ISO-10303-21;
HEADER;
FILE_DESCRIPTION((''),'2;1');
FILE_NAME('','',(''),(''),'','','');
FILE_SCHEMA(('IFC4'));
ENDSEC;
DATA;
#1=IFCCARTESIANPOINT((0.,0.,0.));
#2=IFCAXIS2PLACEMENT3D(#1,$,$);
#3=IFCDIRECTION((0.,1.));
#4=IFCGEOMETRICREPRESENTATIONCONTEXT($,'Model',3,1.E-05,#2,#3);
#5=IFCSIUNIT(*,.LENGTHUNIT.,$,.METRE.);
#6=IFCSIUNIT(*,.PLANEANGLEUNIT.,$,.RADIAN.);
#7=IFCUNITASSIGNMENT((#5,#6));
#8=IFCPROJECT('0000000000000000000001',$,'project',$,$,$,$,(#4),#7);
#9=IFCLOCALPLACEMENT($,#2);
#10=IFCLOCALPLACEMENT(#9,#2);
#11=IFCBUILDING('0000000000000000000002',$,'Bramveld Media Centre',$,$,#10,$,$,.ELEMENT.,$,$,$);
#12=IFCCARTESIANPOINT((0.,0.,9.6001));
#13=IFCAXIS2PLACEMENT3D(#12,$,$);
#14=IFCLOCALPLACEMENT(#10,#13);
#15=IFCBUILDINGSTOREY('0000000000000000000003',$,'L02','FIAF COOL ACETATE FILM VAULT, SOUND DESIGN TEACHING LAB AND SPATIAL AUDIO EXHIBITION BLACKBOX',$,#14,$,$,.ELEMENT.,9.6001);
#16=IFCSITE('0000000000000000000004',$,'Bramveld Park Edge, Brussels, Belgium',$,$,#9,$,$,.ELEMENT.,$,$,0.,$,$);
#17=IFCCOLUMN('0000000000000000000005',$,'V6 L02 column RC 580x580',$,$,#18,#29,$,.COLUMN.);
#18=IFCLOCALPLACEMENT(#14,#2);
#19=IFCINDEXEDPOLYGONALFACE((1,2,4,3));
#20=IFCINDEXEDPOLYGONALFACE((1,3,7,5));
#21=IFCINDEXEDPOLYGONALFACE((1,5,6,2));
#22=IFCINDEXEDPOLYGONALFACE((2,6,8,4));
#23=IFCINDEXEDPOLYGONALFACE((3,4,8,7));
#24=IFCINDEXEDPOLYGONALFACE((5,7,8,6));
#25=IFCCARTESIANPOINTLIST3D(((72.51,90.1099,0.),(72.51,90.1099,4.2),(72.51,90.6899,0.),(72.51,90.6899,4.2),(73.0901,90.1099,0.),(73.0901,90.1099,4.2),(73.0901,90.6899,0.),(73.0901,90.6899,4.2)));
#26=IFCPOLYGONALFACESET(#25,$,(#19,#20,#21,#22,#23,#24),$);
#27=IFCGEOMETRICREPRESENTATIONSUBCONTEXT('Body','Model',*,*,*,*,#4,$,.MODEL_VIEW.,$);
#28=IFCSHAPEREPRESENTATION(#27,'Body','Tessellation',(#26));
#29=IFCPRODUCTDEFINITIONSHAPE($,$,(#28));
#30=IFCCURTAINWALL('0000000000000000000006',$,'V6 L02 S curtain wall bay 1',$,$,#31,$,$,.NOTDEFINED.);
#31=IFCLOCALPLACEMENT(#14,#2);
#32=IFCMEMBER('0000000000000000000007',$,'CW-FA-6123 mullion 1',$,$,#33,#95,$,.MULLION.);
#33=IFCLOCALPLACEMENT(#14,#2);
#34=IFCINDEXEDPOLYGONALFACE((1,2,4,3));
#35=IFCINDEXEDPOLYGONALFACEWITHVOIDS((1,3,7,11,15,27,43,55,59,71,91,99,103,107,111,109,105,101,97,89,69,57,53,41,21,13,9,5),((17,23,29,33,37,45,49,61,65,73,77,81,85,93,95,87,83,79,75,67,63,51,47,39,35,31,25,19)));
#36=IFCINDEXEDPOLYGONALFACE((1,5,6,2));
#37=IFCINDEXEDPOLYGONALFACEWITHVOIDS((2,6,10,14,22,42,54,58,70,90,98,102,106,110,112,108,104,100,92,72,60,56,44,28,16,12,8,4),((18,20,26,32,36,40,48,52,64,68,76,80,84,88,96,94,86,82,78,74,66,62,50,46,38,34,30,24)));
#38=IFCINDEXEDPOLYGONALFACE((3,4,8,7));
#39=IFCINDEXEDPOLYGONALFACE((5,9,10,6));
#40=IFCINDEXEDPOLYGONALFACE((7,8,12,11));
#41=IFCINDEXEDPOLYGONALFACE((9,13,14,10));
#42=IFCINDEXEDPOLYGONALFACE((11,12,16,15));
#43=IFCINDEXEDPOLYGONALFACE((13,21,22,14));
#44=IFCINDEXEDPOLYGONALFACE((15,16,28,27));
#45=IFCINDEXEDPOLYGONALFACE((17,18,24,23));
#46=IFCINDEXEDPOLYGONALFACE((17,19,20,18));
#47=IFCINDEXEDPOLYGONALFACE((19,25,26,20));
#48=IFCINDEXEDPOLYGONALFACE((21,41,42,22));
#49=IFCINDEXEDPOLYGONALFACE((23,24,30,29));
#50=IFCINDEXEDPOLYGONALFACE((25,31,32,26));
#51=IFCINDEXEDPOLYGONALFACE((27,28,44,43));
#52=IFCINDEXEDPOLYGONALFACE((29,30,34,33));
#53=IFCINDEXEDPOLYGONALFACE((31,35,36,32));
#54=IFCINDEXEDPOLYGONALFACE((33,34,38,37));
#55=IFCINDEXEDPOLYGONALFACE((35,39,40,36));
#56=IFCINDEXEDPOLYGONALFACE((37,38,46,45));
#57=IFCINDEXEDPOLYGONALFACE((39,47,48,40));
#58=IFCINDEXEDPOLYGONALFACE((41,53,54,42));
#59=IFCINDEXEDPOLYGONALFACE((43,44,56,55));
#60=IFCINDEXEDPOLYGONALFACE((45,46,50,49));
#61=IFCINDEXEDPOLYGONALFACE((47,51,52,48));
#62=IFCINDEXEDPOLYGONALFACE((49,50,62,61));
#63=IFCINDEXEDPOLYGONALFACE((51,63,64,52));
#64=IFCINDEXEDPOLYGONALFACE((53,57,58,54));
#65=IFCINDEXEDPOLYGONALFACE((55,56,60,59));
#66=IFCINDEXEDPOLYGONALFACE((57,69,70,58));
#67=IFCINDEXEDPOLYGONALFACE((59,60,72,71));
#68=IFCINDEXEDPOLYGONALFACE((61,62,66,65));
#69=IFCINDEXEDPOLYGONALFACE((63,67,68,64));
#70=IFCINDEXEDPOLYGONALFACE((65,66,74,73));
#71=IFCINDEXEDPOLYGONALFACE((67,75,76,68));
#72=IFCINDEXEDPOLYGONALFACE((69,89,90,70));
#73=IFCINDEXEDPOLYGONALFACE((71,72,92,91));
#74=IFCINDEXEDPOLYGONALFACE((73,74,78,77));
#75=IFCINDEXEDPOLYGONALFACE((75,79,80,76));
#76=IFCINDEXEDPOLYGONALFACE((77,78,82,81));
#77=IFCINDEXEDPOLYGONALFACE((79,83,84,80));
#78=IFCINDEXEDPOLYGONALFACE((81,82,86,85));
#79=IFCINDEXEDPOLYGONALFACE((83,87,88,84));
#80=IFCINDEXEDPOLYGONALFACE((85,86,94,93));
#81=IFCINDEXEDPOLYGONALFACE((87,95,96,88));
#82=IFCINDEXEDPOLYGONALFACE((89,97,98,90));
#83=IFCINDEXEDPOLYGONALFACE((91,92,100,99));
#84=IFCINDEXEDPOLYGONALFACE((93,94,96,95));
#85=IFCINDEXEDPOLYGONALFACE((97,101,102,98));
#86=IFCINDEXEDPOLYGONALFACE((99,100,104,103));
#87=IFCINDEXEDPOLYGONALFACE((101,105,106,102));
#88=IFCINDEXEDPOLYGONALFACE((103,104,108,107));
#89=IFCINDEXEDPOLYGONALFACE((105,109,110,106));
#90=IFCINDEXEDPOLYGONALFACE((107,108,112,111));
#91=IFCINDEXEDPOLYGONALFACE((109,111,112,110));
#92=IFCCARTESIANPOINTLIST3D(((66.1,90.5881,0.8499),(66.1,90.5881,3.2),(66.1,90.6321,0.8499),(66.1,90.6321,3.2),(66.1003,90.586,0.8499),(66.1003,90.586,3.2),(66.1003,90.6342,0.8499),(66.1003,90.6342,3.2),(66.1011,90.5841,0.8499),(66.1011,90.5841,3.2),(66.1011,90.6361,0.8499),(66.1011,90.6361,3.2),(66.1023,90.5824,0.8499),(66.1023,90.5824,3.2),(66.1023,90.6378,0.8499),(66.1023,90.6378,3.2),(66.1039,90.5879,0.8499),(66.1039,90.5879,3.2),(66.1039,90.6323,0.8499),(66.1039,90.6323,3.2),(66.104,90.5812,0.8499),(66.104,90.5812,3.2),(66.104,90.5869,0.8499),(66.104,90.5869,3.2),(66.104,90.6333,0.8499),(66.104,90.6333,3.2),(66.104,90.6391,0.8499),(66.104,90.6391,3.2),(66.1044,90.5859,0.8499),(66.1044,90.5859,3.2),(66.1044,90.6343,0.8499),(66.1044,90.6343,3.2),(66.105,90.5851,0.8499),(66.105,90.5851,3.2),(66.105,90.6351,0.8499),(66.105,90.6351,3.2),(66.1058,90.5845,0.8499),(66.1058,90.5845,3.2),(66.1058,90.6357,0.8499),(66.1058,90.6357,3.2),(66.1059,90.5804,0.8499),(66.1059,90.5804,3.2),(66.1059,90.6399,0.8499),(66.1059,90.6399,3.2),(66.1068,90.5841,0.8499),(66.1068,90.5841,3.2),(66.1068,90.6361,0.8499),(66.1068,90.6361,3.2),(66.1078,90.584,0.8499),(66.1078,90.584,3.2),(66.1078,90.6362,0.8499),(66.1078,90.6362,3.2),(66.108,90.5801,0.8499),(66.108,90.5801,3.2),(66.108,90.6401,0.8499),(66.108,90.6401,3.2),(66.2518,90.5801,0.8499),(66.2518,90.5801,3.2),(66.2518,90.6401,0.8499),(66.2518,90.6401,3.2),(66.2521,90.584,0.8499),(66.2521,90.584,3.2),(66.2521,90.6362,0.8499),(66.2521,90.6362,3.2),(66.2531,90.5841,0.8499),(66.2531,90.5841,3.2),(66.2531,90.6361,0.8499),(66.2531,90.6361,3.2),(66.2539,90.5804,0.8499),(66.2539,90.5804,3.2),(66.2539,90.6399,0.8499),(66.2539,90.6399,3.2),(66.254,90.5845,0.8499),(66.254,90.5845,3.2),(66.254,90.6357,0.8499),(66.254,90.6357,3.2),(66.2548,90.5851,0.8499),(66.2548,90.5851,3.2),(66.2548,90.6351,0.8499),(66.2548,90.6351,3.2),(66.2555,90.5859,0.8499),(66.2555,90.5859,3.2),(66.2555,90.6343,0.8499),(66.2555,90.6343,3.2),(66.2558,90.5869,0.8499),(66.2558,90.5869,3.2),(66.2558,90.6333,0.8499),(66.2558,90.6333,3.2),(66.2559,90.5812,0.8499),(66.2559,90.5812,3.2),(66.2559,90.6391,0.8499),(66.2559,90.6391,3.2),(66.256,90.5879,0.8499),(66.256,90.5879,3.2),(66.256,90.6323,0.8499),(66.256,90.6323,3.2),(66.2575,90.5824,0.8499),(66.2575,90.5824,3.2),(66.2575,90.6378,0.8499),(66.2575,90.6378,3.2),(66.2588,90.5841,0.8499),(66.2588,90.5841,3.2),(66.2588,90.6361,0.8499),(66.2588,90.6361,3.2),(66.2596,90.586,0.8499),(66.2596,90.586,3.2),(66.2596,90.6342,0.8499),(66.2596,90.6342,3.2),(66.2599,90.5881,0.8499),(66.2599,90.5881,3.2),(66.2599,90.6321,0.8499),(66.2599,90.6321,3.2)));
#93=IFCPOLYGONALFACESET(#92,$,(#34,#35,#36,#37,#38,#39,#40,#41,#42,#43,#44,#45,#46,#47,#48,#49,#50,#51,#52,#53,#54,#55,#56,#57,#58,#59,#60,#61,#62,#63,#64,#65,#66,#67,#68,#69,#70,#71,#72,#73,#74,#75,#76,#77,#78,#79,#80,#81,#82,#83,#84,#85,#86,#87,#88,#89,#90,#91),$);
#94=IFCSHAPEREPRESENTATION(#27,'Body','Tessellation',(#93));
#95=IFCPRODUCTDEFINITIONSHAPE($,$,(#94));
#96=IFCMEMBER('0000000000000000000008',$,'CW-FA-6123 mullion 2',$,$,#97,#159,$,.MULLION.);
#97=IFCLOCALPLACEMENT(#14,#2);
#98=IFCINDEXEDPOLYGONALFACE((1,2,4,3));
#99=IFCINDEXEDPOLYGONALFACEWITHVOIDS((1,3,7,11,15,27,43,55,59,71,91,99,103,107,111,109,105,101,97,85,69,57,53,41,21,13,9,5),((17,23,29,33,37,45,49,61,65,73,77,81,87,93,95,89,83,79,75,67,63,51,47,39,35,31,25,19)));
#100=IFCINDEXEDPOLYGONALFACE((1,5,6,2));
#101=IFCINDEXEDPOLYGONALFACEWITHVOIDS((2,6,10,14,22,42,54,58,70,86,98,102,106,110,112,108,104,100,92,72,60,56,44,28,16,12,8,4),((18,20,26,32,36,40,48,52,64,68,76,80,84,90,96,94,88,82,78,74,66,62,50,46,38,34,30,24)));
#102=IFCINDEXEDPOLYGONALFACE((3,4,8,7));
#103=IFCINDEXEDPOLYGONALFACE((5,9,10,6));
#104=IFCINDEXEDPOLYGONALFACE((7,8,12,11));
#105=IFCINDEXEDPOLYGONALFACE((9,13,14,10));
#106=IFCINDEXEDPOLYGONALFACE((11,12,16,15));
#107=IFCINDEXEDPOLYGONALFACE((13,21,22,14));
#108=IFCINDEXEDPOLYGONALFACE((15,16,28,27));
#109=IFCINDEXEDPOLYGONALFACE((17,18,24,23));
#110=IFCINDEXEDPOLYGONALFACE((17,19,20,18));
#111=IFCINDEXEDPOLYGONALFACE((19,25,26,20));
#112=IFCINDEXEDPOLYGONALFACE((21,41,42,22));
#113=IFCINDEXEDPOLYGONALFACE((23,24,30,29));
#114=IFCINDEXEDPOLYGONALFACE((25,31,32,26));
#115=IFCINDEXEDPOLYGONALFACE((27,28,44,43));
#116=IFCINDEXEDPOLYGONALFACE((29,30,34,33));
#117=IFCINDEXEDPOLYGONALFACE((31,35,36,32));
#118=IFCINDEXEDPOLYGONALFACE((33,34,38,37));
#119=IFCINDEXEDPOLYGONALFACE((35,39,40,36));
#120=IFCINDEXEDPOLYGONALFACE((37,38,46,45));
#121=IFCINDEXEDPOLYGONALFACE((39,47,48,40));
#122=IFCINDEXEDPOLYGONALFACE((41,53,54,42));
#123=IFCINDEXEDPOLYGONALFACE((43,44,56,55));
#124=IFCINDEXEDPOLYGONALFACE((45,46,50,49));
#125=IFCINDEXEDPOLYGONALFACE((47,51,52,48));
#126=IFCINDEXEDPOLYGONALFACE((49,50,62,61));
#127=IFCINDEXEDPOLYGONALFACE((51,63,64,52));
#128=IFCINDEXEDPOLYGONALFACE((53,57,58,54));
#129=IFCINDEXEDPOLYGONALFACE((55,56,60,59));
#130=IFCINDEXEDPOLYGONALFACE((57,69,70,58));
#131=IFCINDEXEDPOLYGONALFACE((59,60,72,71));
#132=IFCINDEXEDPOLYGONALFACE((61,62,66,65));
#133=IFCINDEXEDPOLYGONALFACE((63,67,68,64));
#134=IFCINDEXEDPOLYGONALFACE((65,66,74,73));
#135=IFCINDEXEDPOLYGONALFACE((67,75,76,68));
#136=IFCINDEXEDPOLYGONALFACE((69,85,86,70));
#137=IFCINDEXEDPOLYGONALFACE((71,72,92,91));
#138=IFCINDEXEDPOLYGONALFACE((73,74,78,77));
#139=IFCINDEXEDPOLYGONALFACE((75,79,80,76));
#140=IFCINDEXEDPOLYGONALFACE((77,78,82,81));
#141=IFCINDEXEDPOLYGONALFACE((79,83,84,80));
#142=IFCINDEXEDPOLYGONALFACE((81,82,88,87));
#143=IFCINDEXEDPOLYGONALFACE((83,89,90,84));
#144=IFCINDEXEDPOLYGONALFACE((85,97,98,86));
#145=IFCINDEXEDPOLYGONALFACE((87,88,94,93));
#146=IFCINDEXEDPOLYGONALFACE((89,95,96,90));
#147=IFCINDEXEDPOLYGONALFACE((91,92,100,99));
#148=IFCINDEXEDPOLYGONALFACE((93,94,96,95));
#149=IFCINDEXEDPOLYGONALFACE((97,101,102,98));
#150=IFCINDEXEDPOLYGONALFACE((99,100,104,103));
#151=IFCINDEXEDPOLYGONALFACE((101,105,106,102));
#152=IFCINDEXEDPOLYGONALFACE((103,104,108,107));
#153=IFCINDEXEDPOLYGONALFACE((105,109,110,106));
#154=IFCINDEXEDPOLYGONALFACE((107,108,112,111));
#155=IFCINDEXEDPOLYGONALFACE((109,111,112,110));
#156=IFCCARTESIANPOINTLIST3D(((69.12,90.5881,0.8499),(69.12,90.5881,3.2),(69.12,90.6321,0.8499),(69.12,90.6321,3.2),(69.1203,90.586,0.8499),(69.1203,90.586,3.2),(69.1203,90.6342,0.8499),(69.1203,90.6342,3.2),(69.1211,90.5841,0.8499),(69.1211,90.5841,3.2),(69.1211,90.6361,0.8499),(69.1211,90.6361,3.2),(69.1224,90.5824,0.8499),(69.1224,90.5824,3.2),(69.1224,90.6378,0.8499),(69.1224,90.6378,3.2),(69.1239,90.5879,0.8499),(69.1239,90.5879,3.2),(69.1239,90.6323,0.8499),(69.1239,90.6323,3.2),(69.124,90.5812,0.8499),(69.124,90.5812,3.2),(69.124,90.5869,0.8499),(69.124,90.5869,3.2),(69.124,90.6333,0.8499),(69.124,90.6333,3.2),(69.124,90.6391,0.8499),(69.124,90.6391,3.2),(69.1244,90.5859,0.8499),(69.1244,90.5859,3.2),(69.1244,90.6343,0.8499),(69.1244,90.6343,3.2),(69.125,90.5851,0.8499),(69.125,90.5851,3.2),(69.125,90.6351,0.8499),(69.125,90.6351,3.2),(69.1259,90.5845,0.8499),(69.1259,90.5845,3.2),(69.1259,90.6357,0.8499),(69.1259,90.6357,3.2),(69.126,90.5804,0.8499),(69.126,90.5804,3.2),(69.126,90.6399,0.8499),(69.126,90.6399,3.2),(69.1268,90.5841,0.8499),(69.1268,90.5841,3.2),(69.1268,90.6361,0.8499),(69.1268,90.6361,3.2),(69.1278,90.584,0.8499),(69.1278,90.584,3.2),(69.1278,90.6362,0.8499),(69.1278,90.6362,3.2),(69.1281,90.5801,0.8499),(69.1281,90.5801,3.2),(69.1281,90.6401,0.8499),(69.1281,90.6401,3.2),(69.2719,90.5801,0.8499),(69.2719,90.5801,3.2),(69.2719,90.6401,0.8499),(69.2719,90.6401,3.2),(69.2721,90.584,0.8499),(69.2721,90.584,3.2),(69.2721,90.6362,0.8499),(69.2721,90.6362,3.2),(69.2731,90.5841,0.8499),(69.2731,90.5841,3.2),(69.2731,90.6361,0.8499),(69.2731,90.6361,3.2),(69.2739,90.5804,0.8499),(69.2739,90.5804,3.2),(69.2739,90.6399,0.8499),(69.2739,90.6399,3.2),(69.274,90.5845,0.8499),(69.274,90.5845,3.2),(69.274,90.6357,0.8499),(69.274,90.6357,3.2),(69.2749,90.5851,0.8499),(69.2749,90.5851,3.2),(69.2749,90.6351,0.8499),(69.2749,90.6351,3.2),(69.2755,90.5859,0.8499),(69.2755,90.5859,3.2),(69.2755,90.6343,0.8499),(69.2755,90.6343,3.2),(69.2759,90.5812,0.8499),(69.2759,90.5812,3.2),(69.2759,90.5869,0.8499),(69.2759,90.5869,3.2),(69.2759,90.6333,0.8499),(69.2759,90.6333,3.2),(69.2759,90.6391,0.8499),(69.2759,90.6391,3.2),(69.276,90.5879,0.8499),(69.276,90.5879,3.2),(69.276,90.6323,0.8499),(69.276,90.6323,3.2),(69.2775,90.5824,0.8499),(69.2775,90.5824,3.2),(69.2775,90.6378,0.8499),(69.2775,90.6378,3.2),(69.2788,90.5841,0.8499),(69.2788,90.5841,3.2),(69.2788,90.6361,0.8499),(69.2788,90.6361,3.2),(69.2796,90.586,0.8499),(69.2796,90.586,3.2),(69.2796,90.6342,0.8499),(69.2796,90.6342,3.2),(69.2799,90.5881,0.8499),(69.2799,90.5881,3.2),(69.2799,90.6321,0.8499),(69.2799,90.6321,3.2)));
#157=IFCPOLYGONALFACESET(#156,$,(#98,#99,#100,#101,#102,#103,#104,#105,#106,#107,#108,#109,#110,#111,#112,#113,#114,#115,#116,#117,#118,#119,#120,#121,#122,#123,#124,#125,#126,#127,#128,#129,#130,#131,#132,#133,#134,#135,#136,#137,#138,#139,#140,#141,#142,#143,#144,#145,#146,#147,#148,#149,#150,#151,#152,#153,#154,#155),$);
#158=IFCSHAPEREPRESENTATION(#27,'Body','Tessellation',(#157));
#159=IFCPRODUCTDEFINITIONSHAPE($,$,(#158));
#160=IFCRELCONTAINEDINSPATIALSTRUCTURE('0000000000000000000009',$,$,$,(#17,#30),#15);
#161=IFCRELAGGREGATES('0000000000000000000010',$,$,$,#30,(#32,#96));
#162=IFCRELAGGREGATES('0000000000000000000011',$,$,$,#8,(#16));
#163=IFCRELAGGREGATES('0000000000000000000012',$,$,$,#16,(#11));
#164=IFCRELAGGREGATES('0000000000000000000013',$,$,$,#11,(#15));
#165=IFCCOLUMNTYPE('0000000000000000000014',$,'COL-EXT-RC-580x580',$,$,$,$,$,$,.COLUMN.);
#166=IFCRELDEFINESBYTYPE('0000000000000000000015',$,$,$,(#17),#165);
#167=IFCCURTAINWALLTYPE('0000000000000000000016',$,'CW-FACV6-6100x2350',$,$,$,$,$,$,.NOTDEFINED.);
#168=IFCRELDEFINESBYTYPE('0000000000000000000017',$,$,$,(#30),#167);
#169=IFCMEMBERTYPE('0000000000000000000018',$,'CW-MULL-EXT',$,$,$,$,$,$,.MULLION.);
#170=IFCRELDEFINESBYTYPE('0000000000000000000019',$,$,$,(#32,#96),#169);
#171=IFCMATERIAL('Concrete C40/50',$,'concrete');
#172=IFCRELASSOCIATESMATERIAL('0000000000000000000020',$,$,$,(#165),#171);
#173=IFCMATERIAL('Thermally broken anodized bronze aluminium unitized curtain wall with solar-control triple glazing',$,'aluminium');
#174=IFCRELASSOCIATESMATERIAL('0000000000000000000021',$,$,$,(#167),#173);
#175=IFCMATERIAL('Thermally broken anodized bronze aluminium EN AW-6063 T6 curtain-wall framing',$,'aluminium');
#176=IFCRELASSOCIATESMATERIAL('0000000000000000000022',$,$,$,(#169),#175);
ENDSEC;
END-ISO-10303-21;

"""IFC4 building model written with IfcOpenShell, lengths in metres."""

from ifc_helpers import new_model, si_unit, direction, frame, origin, origin_2d, place, context, subcontext, project, spatial, rectangle, hollow_rectangle, extrude, material, material_profile, profile_set, type_object, element, aggregate, save


model = new_model("IFC4")

# Units and contexts
model_context = context("Model", 3, precision=1e-05, world=origin(), true_north=direction((0.0, 1.0)))
body_context = subcontext(model_context, "Body", "Model", "MODEL_VIEW")
ifc_project = project(units=[si_unit("LENGTHUNIT", "METRE"), si_unit("PLANEANGLEUNIT", "RADIAN")], contexts=[model_context])

# Site, building, storey
site_placement = place(None, origin())
site = spatial("IfcSite", under=ifc_project, at=site_placement, Name="Bramveld Park Edge, Brussels, Belgium", CompositionType="ELEMENT", RefElevation=0.0)
building_placement = place(site_placement, origin())
building = spatial("IfcBuilding", under=site, at=building_placement, Name="Bramveld Media Centre", CompositionType="ELEMENT")
storey_placement = place(building_placement, frame((0.0, 0.0, 9.6001)))
storey = spatial("IfcBuildingStorey", under=building, at=storey_placement, Name="L02", Description="FIAF COOL ACETATE FILM VAULT, SOUND DESIGN TEACHING LAB AND SPATIAL AUDIO EXHIBITION BLACKBOX", CompositionType="ELEMENT", Elevation=9.6001)

# Column
ifc_material_1 = material(Name="Concrete C40/50", Category="concrete")
ifc_material_profile_1 = material_profile(ifc_material_1, rectangle(XDim=0.5801, YDim=0.5801, at=origin_2d()), Name="RC 580x580")
ifc_profile_set_1 = profile_set([ifc_material_profile_1], Name="Concrete C40/50")
column_type = type_object("IfcColumnType", Name="COL-EXT-RC-580x580", PredefinedType="COLUMN", material=ifc_profile_set_1)
column_placement = place(storey_placement, frame((72.8, 90.3999, 0.0), z_axis=(0.0, 0.0, 1.0), x_axis=(1.0, 0.0, 0.0)))
element("IfcColumn", 1, at=column_placement, inside=storey, type_object=column_type, Name="V6 L02 column RC 580x580", PredefinedType="COLUMN", context=body_context, shape_type="SweptSolid", body=[
    extrude(rectangle(XDim=0.5801, YDim=0.5801, at=origin_2d()), origin(), (0.0, 0.0, 1.0), 4.2),
])

# Curtain wall, members
ifc_material_2 = material(Name="Thermally broken anodized bronze aluminium unitized curtain wall with solar-control triple glazing", Category="aluminium")
curtain_wall_type = type_object("IfcCurtainWallType", Name="CW-FACV6-6100x2350", PredefinedType="NOTDEFINED", material=ifc_material_2)
curtain_wall_placement = place(storey_placement, origin())
curtain_wall = element("IfcCurtainWall", 2, at=curtain_wall_placement, inside=storey, type_object=curtain_wall_type, Name="V6 L02 S curtain wall bay 1", PredefinedType="NOTDEFINED")
ifc_material_3 = material(Name="Thermally broken anodized bronze aluminium EN AW-6063 T6 curtain-wall framing", Category="aluminium")
ifc_material_profile_2 = material_profile(ifc_material_3, hollow_rectangle(XDim=0.0601, YDim=0.1599, WallThickness=0.0039, InnerFilletRadius=0.0039, OuterFilletRadius=0.0081, at=origin_2d()), Name="AL-MULL 60x160")
ifc_profile_set_2 = profile_set([ifc_material_profile_2], Name="Thermally broken anodized bronze aluminium EN AW-6063 T6 curtain-wall framing")
member_type_1 = type_object("IfcMemberType", Name="CW-MULL-EXT", PredefinedType="MULLION", material=ifc_profile_set_2)
member_1_placement = place(storey_placement, frame((66.1799, 90.6101, 0.8499), z_axis=(0.0, 0.0, 1.0), x_axis=(0.0, 1.0, 0.0)))
member_1 = element("IfcMember", 3, at=member_1_placement, type_object=member_type_1, Name="CW-FA-6123 mullion 1", PredefinedType="MULLION", context=body_context, shape_type="SweptSolid", body=[
    extrude(hollow_rectangle(XDim=0.0601, YDim=0.1599, WallThickness=0.0039, InnerFilletRadius=0.0039, OuterFilletRadius=0.0081, at=origin_2d()), origin(), (0.0, 0.0, 1.0), 2.3501),
])
member_2_placement = place(storey_placement, frame((69.2, 90.6101, 0.8499), z_axis=(0.0, 0.0, 1.0), x_axis=(0.0, 1.0, 0.0)))
member_2 = element("IfcMember", 4, at=member_2_placement, type_object=member_type_1, Name="CW-FA-6123 mullion 2", PredefinedType="MULLION", context=body_context, shape_type="SweptSolid", body=[
    extrude(hollow_rectangle(XDim=0.0601, YDim=0.1599, WallThickness=0.0039, InnerFilletRadius=0.0039, OuterFilletRadius=0.0081, at=origin_2d()), origin(), (0.0, 0.0, 1.0), 2.3501),
])

aggregate(curtain_wall, [member_1, member_2])

save(model, "model.ifc")
